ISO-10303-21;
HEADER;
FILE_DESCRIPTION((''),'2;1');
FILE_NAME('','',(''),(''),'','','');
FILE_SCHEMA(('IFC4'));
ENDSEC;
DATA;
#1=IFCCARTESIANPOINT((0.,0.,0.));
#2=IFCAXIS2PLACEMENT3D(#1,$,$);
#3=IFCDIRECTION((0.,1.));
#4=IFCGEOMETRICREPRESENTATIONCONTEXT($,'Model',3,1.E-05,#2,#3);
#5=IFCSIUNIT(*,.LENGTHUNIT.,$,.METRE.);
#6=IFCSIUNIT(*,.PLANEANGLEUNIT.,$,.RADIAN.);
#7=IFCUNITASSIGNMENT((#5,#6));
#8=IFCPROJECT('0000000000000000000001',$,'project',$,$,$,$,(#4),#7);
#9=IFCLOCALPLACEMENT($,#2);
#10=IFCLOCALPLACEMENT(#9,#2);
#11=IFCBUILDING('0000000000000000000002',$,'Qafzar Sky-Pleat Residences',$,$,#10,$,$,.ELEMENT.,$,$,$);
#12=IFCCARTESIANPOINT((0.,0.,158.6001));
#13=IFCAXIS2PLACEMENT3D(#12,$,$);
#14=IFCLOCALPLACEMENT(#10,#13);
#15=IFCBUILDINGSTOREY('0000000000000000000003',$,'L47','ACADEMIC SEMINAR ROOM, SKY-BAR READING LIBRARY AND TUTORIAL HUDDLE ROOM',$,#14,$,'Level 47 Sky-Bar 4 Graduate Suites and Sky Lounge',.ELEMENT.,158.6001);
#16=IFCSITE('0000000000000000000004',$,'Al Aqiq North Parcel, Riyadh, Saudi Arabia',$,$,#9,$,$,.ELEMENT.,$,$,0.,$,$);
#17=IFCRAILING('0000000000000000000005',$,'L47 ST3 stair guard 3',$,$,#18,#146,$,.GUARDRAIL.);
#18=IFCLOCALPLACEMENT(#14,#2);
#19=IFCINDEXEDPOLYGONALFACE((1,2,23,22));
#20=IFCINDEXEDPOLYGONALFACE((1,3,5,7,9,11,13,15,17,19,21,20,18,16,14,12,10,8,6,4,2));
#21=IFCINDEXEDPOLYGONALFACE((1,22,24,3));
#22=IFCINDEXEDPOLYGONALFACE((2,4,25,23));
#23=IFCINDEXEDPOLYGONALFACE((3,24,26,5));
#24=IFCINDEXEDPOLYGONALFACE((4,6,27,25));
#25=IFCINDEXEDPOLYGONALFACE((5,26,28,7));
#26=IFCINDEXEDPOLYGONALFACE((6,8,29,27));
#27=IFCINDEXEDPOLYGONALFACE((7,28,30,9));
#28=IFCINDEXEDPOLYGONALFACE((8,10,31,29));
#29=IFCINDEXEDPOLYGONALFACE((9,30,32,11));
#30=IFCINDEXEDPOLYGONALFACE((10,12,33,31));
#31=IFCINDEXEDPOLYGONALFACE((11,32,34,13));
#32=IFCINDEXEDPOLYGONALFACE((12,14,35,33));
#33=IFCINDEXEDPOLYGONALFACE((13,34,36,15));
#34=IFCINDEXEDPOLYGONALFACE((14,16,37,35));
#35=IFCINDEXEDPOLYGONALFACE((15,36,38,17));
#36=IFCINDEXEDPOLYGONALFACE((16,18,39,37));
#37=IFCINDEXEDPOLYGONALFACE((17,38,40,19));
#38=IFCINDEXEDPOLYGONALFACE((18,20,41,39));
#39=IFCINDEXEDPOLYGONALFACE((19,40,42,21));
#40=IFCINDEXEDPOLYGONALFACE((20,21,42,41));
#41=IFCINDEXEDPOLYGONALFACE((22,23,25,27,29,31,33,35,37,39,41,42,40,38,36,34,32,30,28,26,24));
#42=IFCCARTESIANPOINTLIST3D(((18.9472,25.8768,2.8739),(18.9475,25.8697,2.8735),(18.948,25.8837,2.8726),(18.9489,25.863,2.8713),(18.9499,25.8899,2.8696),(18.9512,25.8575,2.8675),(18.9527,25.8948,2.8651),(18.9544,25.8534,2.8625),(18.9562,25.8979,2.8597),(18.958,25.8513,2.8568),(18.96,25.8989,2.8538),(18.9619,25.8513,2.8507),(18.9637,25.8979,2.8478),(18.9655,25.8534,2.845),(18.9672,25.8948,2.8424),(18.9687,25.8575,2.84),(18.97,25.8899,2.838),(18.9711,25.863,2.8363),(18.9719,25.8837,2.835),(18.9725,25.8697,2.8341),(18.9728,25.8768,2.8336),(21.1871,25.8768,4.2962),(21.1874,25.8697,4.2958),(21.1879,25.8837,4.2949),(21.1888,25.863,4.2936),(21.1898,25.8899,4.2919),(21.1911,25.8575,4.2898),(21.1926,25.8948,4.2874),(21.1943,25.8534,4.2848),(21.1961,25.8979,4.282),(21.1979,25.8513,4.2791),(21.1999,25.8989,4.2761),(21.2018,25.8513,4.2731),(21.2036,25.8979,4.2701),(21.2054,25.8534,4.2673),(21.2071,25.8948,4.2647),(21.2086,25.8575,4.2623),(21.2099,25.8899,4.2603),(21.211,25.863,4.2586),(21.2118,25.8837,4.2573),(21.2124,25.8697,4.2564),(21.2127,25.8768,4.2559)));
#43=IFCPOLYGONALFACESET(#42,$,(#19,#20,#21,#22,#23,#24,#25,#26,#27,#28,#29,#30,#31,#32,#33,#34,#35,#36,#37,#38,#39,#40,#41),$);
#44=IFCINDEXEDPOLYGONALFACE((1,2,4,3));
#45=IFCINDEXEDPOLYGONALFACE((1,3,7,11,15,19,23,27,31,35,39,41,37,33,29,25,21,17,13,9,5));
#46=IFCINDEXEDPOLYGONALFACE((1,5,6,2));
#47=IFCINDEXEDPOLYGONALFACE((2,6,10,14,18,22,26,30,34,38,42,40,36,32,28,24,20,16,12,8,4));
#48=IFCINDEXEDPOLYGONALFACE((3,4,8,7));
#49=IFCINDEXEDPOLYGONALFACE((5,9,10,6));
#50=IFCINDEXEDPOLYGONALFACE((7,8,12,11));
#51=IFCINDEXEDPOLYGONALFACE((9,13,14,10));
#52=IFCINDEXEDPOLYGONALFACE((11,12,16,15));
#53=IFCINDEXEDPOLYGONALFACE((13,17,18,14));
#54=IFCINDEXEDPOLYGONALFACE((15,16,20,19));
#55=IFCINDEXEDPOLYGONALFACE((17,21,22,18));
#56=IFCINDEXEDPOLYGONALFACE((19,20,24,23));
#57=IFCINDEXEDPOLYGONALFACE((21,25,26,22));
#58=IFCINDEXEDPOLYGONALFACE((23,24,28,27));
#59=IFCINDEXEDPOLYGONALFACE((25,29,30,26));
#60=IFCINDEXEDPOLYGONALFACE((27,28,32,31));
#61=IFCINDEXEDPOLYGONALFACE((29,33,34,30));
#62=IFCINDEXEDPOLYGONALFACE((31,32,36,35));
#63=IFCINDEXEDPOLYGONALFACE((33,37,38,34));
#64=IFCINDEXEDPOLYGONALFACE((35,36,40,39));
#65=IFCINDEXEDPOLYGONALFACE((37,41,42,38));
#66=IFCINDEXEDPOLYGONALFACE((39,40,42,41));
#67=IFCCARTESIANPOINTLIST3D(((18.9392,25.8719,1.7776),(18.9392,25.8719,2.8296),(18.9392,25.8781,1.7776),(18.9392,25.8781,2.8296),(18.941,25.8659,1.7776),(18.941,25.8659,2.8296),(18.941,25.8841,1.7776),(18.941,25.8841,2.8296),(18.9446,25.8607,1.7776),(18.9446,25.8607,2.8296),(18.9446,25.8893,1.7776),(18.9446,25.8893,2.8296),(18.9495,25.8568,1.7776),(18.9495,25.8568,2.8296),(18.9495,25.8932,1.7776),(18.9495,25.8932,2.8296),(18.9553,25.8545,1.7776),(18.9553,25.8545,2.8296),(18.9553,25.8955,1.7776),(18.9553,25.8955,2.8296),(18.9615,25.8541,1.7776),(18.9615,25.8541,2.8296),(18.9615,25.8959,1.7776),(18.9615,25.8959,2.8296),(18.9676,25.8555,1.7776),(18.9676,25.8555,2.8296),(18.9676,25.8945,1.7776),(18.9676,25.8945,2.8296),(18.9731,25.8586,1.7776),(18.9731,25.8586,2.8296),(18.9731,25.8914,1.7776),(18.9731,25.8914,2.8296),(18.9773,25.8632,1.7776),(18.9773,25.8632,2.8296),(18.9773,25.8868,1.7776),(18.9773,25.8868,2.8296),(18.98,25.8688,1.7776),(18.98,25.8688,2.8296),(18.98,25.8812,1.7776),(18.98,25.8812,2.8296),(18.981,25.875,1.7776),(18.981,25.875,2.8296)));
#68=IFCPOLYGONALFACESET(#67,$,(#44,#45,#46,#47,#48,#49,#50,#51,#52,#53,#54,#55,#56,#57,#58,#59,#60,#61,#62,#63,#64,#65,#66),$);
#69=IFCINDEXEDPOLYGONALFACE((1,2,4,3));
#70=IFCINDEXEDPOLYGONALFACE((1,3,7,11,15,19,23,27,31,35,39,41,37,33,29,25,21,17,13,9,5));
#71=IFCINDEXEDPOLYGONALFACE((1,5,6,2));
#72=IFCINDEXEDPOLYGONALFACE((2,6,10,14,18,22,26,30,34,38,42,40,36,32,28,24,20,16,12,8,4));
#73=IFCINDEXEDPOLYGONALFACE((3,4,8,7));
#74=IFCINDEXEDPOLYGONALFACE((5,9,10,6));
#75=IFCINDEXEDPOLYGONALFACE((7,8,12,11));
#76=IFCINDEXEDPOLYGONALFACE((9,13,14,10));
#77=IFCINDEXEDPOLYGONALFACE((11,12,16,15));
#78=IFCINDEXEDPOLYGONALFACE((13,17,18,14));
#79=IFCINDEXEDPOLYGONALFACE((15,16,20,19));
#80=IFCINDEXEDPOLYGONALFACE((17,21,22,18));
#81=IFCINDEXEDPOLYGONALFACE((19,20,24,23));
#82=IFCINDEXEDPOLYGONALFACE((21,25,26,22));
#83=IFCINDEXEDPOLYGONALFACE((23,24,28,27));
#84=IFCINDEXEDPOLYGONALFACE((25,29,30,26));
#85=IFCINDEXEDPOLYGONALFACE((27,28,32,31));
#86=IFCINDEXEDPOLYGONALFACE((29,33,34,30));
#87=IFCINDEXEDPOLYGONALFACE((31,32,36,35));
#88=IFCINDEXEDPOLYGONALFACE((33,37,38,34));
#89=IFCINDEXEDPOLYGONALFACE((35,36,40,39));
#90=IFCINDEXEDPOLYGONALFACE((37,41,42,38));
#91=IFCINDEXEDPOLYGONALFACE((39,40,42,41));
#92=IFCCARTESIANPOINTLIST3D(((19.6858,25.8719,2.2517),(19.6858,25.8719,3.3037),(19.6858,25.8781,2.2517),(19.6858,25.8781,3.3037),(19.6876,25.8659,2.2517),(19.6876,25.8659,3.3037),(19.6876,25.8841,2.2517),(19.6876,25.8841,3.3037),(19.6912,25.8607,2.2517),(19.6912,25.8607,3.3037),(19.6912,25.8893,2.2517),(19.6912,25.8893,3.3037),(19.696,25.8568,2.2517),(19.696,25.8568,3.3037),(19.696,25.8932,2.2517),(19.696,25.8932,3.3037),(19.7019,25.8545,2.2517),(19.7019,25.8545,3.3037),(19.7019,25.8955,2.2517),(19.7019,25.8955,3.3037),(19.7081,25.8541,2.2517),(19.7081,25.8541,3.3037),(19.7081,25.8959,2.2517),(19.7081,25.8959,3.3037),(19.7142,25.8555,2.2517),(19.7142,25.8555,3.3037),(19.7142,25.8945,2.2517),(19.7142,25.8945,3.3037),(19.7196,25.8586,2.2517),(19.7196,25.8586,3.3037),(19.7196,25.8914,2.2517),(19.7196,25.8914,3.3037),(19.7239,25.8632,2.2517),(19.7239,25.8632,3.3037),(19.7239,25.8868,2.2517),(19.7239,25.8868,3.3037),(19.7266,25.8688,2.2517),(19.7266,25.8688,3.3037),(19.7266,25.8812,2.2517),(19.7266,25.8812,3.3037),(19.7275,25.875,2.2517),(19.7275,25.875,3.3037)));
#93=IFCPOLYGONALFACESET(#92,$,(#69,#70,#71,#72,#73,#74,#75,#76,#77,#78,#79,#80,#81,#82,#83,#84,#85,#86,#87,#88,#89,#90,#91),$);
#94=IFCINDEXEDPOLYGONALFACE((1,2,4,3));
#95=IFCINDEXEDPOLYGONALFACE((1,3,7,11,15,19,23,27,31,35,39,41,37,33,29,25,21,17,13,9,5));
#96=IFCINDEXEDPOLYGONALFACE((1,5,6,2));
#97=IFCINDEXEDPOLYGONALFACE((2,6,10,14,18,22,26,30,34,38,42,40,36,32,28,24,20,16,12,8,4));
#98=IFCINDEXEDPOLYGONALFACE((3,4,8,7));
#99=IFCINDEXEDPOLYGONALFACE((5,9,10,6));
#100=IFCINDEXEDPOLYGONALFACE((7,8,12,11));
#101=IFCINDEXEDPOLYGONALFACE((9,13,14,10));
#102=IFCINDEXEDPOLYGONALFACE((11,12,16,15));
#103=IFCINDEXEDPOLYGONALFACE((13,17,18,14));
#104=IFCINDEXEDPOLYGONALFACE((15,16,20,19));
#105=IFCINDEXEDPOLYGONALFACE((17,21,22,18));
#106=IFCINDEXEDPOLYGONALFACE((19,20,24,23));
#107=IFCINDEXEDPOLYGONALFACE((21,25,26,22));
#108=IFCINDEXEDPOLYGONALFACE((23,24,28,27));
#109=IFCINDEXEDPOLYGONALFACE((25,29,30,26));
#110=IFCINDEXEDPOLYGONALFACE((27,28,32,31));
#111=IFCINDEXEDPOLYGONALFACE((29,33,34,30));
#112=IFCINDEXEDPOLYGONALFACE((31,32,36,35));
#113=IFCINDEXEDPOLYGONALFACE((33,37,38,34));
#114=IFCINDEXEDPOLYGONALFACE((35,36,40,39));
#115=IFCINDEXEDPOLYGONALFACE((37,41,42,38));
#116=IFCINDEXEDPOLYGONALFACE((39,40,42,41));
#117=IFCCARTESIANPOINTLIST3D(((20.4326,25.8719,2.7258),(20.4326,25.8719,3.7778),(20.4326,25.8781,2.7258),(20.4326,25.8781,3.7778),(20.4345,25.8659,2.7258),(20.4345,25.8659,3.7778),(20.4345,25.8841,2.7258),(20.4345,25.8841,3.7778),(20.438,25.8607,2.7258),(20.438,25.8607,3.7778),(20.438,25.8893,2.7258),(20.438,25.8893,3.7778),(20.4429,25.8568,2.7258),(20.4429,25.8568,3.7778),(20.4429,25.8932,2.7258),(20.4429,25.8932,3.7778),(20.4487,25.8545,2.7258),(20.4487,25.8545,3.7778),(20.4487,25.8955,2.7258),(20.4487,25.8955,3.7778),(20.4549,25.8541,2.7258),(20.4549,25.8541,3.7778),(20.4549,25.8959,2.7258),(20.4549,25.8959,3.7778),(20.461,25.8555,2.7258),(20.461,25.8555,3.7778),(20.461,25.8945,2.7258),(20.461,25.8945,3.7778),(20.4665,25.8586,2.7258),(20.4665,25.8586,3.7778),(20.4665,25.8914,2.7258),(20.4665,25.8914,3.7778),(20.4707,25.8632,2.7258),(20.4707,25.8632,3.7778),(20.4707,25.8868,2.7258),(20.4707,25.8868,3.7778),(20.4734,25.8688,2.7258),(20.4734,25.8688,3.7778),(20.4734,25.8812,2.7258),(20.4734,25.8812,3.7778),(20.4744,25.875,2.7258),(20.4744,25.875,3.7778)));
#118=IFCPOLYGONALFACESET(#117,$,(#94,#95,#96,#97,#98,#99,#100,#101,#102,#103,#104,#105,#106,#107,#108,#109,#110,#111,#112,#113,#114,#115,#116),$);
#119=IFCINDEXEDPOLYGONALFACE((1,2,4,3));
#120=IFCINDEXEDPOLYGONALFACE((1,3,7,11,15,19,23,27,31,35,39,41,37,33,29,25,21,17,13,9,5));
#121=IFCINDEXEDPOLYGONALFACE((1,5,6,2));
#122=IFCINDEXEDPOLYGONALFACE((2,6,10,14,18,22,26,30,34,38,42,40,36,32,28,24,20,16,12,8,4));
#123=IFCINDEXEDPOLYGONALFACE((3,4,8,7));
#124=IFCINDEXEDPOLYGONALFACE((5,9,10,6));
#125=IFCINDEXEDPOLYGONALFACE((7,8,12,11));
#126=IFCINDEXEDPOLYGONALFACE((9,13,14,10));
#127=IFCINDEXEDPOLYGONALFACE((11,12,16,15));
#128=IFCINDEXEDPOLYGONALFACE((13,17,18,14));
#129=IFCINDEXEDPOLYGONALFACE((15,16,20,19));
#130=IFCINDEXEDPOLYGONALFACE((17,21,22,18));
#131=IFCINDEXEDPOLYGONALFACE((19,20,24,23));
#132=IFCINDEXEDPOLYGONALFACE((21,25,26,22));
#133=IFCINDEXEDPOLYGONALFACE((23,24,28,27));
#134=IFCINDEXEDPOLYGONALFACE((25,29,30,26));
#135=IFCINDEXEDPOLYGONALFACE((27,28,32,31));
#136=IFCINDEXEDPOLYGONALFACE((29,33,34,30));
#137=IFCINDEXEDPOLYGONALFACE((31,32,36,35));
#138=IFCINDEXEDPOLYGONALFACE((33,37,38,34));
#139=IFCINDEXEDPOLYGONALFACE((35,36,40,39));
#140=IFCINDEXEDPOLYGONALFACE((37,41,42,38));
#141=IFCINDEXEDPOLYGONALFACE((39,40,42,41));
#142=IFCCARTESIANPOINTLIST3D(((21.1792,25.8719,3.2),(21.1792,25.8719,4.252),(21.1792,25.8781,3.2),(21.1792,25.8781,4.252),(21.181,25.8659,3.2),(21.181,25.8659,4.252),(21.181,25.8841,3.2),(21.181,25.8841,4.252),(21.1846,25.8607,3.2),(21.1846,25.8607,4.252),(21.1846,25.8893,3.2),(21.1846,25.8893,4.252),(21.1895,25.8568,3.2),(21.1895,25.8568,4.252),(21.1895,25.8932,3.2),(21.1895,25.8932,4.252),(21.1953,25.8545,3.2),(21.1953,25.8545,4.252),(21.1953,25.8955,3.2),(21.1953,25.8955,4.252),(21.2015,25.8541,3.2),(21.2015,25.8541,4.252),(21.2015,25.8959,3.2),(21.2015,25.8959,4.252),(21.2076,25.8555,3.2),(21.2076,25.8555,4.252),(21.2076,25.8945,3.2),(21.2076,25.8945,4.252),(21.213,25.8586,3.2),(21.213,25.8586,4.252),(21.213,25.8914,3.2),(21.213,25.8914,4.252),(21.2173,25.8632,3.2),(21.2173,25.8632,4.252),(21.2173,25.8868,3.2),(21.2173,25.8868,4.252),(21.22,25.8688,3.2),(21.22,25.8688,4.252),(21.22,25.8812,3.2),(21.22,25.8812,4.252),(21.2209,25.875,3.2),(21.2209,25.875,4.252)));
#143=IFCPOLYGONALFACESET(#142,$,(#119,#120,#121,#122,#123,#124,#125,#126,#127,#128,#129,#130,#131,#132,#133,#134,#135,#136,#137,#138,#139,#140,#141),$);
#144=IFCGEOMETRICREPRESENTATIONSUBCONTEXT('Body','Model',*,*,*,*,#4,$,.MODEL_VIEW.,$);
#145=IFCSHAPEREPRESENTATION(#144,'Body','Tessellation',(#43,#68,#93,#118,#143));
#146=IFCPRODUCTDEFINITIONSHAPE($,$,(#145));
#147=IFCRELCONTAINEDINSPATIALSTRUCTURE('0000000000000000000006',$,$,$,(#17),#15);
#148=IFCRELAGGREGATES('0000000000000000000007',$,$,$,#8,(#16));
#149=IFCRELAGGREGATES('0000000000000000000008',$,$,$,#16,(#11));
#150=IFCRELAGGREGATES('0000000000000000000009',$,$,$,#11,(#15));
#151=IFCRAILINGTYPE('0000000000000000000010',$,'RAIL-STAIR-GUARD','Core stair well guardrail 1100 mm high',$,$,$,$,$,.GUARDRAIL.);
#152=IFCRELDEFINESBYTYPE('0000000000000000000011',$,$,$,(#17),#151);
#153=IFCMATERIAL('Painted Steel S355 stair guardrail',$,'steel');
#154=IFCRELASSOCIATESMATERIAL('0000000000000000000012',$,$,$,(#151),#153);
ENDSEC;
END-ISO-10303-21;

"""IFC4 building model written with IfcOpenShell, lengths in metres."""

from ifc_helpers import new_model, si_unit, direction, frame, origin, origin_2d, place, context, subcontext, project, spatial, circle, extrude, source, transform, mapped, material, type_object, element, save


model = new_model("IFC4")

# Units and contexts
model_context = context("Model", 3, precision=1e-05, world=origin(), true_north=direction((0.0, 1.0)))
body_context = subcontext(model_context, "Body", "Model", "MODEL_VIEW")
ifc_project = project(units=[si_unit("LENGTHUNIT", "METRE"), si_unit("PLANEANGLEUNIT", "RADIAN")], contexts=[model_context])

# Site, building, storey
site_placement = place(None, origin())
site = spatial("IfcSite", under=ifc_project, at=site_placement, Name="Al Aqiq North Parcel, Riyadh, Saudi Arabia", CompositionType="ELEMENT", RefElevation=0.0)
building_placement = place(site_placement, origin())
building = spatial("IfcBuilding", under=site, at=building_placement, Name="Qafzar Sky-Pleat Residences", CompositionType="ELEMENT")
storey_placement = place(building_placement, frame((0.0, 0.0, 158.6001)))
storey = spatial("IfcBuildingStorey", under=building, at=storey_placement, Name="L47", Description="ACADEMIC SEMINAR ROOM, SKY-BAR READING LIBRARY AND TUTORIAL HUDDLE ROOM", LongName="Level 47 Sky-Bar 4 Graduate Suites and Sky Lounge", CompositionType="ELEMENT", Elevation=158.6001)

# Railing
ifc_material_1 = material(Name="Painted Steel S355 stair guardrail", Category="steel")
railing_type_1 = type_object("IfcRailingType", Name="RAIL-STAIR-GUARD", Description="Core stair well guardrail 1100 mm high", PredefinedType="GUARDRAIL", material=ifc_material_1)
shared_shape_1 = source(origin(), body_context, "Body", "SweptSolid", [
    extrude(circle(Radius=0.0239, at=origin_2d()), frame((0.0, 0.0, 1.0762), z_axis=(0.844188, 0.0, 0.536048), x_axis=(0.0, 1.0, 0.0)), (0.0, 0.0, 1.0), 2.6533),
    extrude(circle(Radius=0.021, at=origin_2d()), origin(), (0.0, 0.0, 1.0), 1.052),
    extrude(circle(Radius=0.021, at=origin_2d()), frame((0.7466, 0.0, 0.4741)), (0.0, 0.0, 1.0), 1.052),
    extrude(circle(Radius=0.021, at=origin_2d()), frame((1.4934, 0.0, 0.9482)), (0.0, 0.0, 1.0), 1.052),
    extrude(circle(Radius=0.021, at=origin_2d()), frame((2.24, 0.0, 1.4224)), (0.0, 0.0, 1.0), 1.052),
])
railing_1_placement = place(storey_placement, frame((18.96, 25.875, 1.7776)))
element("IfcRailing", 1, at=railing_1_placement, inside=storey, type_object=railing_type_1, Name="L47 ST3 stair guard 3", PredefinedType="GUARDRAIL", context=body_context, shape_type="MappedRepresentation", body=[
    mapped(shared_shape_1, transform((0.0, 0.0, 0.0), x_axis=(1.0, 0.0, 0.0), y_axis=(0.0, 1.0, 0.0), z_axis=(0.0, 0.0, 1.0), scale=1.0)),
])

save(model, "model.ifc")
